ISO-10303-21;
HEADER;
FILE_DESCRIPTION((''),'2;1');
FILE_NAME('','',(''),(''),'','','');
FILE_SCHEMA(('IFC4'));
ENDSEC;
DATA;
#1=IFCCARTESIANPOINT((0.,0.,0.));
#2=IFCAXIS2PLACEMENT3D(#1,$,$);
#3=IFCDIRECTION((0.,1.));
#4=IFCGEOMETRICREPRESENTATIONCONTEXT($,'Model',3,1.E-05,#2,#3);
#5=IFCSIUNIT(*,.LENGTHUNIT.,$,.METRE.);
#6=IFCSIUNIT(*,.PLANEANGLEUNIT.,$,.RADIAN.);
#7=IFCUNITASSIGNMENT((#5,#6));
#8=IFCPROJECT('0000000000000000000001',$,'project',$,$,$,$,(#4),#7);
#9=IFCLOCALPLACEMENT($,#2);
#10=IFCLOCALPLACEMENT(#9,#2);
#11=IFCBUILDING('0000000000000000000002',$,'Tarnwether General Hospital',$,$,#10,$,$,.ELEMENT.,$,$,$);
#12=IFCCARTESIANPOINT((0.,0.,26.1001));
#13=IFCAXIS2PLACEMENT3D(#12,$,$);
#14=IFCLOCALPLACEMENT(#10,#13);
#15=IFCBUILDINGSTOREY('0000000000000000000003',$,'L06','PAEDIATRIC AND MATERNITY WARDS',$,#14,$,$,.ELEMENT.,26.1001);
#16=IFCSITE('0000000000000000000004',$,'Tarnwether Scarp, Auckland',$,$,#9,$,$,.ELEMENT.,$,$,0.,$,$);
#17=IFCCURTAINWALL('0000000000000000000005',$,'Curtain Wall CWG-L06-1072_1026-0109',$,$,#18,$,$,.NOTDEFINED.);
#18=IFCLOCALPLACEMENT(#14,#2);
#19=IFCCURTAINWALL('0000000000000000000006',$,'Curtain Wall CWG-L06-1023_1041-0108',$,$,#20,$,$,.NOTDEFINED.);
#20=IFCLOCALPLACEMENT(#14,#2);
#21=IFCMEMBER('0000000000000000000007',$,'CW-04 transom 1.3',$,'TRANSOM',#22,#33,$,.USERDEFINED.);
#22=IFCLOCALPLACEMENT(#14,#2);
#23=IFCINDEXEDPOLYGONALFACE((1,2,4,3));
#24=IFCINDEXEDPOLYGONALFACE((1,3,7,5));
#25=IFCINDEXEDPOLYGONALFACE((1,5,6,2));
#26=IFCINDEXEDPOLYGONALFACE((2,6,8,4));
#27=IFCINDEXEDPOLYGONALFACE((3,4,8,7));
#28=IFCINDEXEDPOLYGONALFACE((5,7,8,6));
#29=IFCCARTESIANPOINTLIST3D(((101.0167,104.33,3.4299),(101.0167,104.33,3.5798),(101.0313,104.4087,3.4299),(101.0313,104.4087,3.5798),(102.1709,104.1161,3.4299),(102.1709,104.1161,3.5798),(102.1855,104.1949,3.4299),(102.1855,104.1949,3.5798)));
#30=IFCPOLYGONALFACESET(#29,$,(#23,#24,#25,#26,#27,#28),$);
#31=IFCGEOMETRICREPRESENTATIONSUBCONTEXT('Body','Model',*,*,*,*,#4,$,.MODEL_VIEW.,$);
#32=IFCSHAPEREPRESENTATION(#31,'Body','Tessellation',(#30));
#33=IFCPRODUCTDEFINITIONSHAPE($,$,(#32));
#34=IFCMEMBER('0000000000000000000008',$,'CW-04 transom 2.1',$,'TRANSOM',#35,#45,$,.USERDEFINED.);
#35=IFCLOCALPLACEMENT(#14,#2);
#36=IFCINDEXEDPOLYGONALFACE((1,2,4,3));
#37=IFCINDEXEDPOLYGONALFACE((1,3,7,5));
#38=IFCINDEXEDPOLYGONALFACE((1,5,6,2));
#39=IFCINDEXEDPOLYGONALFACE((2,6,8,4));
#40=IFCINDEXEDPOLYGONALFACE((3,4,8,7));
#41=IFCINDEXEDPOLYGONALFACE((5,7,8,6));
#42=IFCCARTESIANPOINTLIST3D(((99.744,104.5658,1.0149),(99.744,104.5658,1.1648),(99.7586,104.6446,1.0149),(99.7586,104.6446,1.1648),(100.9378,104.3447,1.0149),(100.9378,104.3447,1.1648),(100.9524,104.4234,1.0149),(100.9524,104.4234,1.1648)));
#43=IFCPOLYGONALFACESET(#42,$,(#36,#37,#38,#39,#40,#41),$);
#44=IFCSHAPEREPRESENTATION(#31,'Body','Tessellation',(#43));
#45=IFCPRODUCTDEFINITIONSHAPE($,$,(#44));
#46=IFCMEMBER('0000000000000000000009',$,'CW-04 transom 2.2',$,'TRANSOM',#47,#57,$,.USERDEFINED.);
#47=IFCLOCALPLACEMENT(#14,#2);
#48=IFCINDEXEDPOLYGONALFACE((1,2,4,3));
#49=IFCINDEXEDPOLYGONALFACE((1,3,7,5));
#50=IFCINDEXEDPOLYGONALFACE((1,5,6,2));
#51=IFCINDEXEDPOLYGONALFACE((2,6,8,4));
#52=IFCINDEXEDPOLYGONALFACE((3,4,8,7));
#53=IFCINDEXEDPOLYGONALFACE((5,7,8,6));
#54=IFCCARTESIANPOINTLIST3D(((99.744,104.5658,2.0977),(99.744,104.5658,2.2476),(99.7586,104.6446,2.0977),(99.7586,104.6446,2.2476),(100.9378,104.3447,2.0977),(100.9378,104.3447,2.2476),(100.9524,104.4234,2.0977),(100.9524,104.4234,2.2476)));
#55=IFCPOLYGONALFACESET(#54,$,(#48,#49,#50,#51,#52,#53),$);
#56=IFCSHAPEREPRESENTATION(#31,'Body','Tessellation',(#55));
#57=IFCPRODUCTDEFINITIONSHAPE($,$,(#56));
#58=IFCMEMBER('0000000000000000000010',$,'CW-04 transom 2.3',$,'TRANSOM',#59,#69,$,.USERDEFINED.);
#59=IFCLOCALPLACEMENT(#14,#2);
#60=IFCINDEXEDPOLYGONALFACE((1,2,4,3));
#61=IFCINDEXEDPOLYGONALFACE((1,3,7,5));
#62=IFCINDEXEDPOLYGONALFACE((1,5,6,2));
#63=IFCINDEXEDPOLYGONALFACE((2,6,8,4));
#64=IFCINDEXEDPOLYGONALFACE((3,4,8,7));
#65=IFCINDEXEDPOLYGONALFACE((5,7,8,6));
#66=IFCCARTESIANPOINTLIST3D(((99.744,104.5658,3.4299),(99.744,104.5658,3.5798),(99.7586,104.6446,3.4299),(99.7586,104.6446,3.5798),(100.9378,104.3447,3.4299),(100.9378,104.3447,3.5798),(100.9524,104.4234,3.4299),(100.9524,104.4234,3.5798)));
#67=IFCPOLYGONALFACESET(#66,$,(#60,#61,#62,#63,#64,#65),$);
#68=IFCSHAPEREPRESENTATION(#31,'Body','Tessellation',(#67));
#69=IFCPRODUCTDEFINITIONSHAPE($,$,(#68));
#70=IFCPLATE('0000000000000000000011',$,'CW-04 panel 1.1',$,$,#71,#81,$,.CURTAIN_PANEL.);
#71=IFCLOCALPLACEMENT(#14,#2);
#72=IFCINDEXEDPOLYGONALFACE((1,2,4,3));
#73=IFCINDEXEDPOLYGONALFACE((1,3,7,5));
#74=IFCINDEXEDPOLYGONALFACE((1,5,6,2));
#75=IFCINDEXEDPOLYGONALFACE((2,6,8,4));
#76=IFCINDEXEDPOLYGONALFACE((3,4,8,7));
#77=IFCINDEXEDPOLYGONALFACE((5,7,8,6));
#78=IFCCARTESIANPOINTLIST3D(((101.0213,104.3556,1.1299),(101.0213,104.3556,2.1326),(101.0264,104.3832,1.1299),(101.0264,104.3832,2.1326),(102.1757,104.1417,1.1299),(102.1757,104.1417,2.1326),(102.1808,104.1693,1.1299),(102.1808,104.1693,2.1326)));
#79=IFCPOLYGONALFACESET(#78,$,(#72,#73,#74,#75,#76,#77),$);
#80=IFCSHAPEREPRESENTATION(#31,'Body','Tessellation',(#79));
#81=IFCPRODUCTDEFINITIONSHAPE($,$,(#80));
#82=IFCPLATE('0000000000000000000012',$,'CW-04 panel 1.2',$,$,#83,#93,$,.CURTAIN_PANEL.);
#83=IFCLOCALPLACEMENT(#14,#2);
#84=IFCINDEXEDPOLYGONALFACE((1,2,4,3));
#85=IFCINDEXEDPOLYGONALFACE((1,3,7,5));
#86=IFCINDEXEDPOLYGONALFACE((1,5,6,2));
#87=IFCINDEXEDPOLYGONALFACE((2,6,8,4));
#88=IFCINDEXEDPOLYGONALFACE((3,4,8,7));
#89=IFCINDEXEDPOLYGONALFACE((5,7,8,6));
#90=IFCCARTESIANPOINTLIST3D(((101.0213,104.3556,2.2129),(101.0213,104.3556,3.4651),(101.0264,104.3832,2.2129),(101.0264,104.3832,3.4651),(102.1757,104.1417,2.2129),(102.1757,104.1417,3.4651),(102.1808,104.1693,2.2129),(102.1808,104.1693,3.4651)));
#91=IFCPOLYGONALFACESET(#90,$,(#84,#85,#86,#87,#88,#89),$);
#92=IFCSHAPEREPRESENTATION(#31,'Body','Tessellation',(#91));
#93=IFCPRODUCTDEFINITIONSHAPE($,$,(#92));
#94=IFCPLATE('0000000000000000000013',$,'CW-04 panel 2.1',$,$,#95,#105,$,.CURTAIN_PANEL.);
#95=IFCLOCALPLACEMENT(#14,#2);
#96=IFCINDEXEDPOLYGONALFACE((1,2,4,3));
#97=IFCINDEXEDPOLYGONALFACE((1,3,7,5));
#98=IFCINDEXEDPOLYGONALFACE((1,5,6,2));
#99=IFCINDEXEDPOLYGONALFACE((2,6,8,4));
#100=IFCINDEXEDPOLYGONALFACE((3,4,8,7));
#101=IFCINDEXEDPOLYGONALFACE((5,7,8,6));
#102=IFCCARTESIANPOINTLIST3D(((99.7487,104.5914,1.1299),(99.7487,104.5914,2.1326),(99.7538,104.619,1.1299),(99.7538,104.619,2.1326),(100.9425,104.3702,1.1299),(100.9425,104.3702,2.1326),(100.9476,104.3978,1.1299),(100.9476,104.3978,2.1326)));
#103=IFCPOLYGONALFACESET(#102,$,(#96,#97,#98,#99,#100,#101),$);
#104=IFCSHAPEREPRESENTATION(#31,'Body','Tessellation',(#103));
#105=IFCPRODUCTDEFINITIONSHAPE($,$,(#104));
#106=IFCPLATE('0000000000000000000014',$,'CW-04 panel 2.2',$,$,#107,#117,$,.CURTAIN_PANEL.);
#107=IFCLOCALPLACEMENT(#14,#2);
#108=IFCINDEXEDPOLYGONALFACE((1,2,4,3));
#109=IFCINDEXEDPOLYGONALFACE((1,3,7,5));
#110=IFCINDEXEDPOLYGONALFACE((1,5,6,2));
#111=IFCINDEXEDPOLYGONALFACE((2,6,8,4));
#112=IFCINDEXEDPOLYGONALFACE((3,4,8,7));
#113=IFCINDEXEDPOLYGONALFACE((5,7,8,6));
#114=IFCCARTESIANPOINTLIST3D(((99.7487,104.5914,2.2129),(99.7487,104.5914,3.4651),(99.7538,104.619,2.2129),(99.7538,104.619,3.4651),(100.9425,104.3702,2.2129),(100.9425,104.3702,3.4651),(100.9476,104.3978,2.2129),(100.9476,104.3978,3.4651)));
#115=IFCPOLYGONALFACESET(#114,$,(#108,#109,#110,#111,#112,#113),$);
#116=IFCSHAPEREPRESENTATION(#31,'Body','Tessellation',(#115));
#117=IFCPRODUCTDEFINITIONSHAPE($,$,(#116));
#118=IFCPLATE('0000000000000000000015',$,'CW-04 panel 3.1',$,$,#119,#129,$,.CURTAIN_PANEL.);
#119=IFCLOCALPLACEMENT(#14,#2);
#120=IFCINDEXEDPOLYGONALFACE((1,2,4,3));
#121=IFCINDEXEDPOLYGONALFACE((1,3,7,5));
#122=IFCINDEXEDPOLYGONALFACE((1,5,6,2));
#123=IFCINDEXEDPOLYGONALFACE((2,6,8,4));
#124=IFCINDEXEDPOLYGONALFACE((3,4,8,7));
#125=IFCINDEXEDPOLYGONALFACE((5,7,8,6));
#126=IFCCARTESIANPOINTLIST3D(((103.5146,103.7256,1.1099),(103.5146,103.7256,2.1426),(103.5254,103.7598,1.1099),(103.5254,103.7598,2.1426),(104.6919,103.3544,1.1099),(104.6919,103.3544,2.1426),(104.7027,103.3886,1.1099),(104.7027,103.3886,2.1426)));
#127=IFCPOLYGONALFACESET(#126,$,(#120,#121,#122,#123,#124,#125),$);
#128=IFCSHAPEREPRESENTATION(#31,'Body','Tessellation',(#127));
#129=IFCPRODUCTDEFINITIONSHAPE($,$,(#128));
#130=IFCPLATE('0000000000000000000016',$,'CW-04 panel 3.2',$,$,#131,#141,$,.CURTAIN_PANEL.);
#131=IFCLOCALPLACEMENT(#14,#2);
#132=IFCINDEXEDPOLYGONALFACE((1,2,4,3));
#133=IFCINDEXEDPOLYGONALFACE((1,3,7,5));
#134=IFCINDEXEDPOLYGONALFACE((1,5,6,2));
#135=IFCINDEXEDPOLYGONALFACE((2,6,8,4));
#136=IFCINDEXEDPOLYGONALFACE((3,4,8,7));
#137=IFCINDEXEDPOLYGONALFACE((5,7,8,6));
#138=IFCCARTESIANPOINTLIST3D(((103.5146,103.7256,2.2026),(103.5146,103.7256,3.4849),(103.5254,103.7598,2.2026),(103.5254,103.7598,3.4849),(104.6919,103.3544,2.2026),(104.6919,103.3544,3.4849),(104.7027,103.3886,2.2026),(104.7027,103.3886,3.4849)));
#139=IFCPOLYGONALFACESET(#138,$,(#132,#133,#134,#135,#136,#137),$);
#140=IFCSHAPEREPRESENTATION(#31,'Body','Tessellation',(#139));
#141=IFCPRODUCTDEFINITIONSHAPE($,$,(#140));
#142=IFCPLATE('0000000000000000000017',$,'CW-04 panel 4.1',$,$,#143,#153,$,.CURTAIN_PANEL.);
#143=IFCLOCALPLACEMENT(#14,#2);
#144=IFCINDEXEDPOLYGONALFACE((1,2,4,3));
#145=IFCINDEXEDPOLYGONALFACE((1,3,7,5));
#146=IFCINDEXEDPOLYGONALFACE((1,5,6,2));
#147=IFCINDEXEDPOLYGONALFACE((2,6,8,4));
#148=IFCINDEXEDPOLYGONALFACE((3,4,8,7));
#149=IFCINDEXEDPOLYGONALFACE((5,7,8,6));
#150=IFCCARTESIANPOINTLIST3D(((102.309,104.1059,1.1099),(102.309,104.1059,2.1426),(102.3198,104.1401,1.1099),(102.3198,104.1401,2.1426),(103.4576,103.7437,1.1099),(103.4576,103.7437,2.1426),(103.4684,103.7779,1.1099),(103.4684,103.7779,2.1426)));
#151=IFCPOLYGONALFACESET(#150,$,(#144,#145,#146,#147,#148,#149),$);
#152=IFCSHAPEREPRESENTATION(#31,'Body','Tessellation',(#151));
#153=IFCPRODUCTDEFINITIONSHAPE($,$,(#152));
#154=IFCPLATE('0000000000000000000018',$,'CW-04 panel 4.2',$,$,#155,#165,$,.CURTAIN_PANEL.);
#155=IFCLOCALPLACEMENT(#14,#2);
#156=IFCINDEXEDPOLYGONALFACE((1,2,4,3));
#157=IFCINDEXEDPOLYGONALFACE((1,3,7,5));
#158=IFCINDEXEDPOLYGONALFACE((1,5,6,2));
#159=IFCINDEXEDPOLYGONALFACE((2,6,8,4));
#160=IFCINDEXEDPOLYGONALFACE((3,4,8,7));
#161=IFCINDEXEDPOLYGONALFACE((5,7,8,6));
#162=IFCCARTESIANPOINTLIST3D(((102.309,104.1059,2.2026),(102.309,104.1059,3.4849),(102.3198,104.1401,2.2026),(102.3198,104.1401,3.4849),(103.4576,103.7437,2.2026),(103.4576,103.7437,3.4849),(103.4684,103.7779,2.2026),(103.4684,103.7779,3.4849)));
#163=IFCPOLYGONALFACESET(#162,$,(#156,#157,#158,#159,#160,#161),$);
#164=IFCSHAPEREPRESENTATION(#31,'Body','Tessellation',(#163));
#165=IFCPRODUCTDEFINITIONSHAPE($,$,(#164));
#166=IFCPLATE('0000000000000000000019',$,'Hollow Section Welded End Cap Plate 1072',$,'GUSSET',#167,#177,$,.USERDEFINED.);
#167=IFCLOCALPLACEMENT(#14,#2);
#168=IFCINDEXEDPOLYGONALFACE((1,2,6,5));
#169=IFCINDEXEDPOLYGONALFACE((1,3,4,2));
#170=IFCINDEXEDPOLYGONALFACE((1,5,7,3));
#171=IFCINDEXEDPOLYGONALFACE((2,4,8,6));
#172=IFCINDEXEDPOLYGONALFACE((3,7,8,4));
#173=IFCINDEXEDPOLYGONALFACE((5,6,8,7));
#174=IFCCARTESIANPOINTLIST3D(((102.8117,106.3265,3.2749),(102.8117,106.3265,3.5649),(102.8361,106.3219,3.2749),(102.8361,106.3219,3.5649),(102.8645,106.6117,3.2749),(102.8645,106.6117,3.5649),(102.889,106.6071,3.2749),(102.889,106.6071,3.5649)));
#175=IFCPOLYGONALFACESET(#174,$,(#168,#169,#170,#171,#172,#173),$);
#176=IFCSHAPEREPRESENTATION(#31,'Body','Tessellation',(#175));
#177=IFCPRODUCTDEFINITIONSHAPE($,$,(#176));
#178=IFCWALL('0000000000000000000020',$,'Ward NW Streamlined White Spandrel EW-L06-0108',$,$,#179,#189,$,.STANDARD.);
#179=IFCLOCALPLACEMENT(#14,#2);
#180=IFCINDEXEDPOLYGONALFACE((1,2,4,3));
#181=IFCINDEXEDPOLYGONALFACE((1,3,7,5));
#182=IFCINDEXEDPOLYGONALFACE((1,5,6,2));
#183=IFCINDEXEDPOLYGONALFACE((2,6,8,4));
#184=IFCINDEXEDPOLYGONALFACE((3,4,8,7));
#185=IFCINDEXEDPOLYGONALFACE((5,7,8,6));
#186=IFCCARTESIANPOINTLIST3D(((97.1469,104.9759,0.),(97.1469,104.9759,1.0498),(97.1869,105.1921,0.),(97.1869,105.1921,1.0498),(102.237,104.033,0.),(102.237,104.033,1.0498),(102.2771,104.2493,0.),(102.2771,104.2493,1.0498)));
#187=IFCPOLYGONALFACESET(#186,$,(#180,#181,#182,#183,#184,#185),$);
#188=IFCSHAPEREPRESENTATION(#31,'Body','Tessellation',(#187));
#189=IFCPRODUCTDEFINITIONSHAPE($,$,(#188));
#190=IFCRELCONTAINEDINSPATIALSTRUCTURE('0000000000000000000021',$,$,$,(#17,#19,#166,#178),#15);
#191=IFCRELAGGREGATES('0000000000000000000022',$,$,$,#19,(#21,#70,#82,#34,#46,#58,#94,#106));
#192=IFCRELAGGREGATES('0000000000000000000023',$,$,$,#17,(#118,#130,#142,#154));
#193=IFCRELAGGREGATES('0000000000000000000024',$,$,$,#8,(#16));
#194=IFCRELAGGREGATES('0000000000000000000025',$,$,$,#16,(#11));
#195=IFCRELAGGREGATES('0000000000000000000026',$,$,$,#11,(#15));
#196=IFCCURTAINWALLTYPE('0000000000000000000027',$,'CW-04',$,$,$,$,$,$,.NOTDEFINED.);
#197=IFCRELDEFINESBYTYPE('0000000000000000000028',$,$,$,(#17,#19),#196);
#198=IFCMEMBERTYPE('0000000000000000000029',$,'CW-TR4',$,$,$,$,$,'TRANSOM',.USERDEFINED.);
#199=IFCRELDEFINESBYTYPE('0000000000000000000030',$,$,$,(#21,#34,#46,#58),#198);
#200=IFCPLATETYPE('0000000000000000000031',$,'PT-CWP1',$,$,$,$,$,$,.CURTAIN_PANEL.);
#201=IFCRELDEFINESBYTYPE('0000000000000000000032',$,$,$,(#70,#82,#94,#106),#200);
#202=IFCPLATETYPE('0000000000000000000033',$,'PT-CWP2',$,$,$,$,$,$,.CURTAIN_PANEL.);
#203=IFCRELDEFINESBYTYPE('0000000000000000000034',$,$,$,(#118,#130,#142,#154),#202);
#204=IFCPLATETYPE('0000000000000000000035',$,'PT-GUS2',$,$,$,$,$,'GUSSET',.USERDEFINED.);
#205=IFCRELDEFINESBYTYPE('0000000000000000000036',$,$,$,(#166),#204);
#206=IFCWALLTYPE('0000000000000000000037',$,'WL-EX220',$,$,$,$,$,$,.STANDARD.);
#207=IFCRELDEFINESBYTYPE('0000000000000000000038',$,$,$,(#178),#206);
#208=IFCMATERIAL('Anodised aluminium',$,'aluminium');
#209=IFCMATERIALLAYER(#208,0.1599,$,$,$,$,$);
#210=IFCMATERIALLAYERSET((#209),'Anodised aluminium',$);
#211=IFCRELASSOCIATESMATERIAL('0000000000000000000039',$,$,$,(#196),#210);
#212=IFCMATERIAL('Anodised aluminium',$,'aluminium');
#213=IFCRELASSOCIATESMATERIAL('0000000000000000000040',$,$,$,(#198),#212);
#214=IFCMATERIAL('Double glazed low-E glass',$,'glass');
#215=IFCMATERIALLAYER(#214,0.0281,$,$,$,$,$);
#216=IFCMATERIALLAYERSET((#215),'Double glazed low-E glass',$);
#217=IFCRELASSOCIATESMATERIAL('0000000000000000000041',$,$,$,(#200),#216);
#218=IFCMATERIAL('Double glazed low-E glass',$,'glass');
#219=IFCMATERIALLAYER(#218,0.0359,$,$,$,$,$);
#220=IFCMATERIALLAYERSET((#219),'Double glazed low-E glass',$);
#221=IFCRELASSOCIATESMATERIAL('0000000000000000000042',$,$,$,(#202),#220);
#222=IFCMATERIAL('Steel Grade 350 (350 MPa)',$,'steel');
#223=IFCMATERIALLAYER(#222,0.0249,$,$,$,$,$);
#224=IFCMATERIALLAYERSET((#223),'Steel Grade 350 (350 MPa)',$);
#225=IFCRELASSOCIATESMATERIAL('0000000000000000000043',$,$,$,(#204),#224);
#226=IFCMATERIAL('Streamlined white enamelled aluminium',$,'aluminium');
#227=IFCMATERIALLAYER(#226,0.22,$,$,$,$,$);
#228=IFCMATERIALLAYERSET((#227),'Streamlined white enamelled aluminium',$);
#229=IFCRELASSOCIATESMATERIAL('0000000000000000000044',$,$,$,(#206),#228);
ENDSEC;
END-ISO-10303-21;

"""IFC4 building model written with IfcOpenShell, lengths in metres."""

from ifc_helpers import new_model, si_unit, direction, frame, frame_2d, origin, origin_2d, place, context, subcontext, project, spatial, rectangle, extrude, material, layer, layer_set, material_profile, profile_set, type_object, element, aggregate, save


model = new_model("IFC4")

# Units and contexts
model_context = context("Model", 3, precision=1e-05, world=origin(), true_north=direction((0.0, 1.0)))
body_context = subcontext(model_context, "Body", "Model", "MODEL_VIEW")
ifc_project = project(units=[si_unit("LENGTHUNIT", "METRE"), si_unit("PLANEANGLEUNIT", "RADIAN")], contexts=[model_context])

# Site, building, storey
site_placement = place(None, origin())
site = spatial("IfcSite", under=ifc_project, at=site_placement, Name="Tarnwether Scarp, Auckland", CompositionType="ELEMENT", RefElevation=0.0)
building_placement = place(site_placement, origin())
building = spatial("IfcBuilding", under=site, at=building_placement, Name="Tarnwether General Hospital", CompositionType="ELEMENT")
storey_placement = place(building_placement, frame((0.0, 0.0, 26.1001)))
storey = spatial("IfcBuildingStorey", under=building, at=storey_placement, Name="L06", Description="PAEDIATRIC AND MATERNITY WARDS", CompositionType="ELEMENT", Elevation=26.1001)

# Curtain walls
ifc_material_1 = material(Name="Anodised aluminium", Category="aluminium")
ifc_layer_1 = layer(ifc_material_1, 0.1599)
ifc_layer_set_1 = layer_set([ifc_layer_1], Name="Anodised aluminium")
curtain_wall_type = type_object("IfcCurtainWallType", Name="CW-04", PredefinedType="NOTDEFINED", material=ifc_layer_set_1)
curtain_wall_1_placement = place(storey_placement, origin())
curtain_wall_1 = element("IfcCurtainWall", 1, at=curtain_wall_1_placement, inside=storey, type_object=curtain_wall_type, Name="Curtain Wall CWG-L06-1072_1026-0109", PredefinedType="NOTDEFINED")
curtain_wall_2_placement = place(storey_placement, origin())
curtain_wall_2 = element("IfcCurtainWall", 2, at=curtain_wall_2_placement, inside=storey, type_object=curtain_wall_type, Name="Curtain Wall CWG-L06-1023_1041-0108", PredefinedType="NOTDEFINED")

# Members
ifc_material_2 = material(Name="Anodised aluminium", Category="aluminium")
ifc_material_profile_1 = material_profile(ifc_material_2, rectangle(XDim=0.0801, YDim=0.1499, at=origin_2d()), Name="ALU-TRN-80x150")
ifc_profile_set_1 = profile_set([ifc_material_profile_1], Name="Anodised aluminium")
member_type_1 = type_object("IfcMemberType", Name="CW-TR4", ElementType="TRANSOM", PredefinedType="USERDEFINED", material=ifc_profile_set_1)
member_1_placement = place(storey_placement, frame((102.1782, 104.1555, 3.5049), z_axis=(-0.983265, 0.182179, 0.0), x_axis=(-0.182179, -0.983265, 0.0)))
member_1 = element("IfcMember", 3, at=member_1_placement, type_object=member_type_1, Name="CW-04 transom 1.3", ObjectType="TRANSOM", PredefinedType="USERDEFINED", context=body_context, shape_type="SweptSolid", body=[
    extrude(rectangle(XDim=0.0801, YDim=0.1499, at=origin_2d()), origin(), (0.0, 0.0, 1.0), 1.1738),
])
member_2_placement = place(storey_placement, frame((100.9451, 104.384, 1.0898), z_axis=(-0.983266, 0.182176, 0.0), x_axis=(-0.182176, -0.983266, 0.0)))
member_2 = element("IfcMember", 4, at=member_2_placement, type_object=member_type_1, Name="CW-04 transom 2.1", ObjectType="TRANSOM", PredefinedType="USERDEFINED", context=body_context, shape_type="SweptSolid", body=[
    extrude(rectangle(XDim=0.0801, YDim=0.1499, at=origin_2d()), origin(), (0.0, 0.0, 1.0), 1.2141),
])
member_3_placement = place(storey_placement, frame((100.9451, 104.384, 2.1726), z_axis=(-0.983266, 0.182176, 0.0), x_axis=(-0.182176, -0.983266, 0.0)))
member_3 = element("IfcMember", 5, at=member_3_placement, type_object=member_type_1, Name="CW-04 transom 2.2", ObjectType="TRANSOM", PredefinedType="USERDEFINED", context=body_context, shape_type="SweptSolid", body=[
    extrude(rectangle(XDim=0.0801, YDim=0.1499, at=origin_2d()), origin(), (0.0, 0.0, 1.0), 1.2141),
])
member_4_placement = place(storey_placement, frame((100.9451, 104.384, 3.5049), z_axis=(-0.983266, 0.182176, 0.0), x_axis=(-0.182176, -0.983266, 0.0)))
member_4 = element("IfcMember", 6, at=member_4_placement, type_object=member_type_1, Name="CW-04 transom 2.3", ObjectType="TRANSOM", PredefinedType="USERDEFINED", context=body_context, shape_type="SweptSolid", body=[
    extrude(rectangle(XDim=0.0801, YDim=0.1499, at=origin_2d()), origin(), (0.0, 0.0, 1.0), 1.2141),
])

# Plates
ifc_material_3 = material(Name="Double glazed low-E glass", Category="glass")
ifc_layer_2 = layer(ifc_material_3, 0.0281)
ifc_layer_set_2 = layer_set([ifc_layer_2], Name="Double glazed low-E glass")
plate_type_1 = type_object("IfcPlateType", Name="PT-CWP1", PredefinedType="CURTAIN_PANEL", material=ifc_layer_set_2)
plate_1_placement = place(storey_placement, frame((101.6011, 104.2625, 1.1299), z_axis=(0.0, 0.0, 1.0), x_axis=(-0.983268, 0.182165, 0.0)))
plate_1 = element("IfcPlate", 7, at=plate_1_placement, type_object=plate_type_1, Name="CW-04 panel 1.1", PredefinedType="CURTAIN_PANEL", context=body_context, shape_type="SweptSolid", body=[
    extrude(rectangle(XDim=1.1741, YDim=0.0281, at=origin_2d()), origin(), (0.0, 0.0, 1.0), 1.0027),
])
plate_2_placement = place(storey_placement, frame((101.6011, 104.2625, 2.2129), z_axis=(0.0, 0.0, 1.0), x_axis=(-0.983268, 0.182165, 0.0)))
plate_2 = element("IfcPlate", 8, at=plate_2_placement, type_object=plate_type_1, Name="CW-04 panel 1.2", PredefinedType="CURTAIN_PANEL", context=body_context, shape_type="SweptSolid", body=[
    extrude(rectangle(XDim=1.1741, YDim=0.0281, at=origin_2d()), origin(), (0.0, 0.0, 1.0), 1.2522),
])
plate_3_placement = place(storey_placement, frame((100.3481, 104.4946, 1.1299), z_axis=(0.0, 0.0, 1.0), x_axis=(-0.983268, 0.182165, 0.0)))
plate_3 = element("IfcPlate", 9, at=plate_3_placement, type_object=plate_type_1, Name="CW-04 panel 2.1", PredefinedType="CURTAIN_PANEL", context=body_context, shape_type="SweptSolid", body=[
    extrude(rectangle(XDim=1.2141, YDim=0.0281, at=origin_2d()), origin(), (0.0, 0.0, 1.0), 1.0027),
])
plate_4_placement = place(storey_placement, frame((100.3481, 104.4946, 2.2129), z_axis=(0.0, 0.0, 1.0), x_axis=(-0.983268, 0.182165, 0.0)))
plate_4 = element("IfcPlate", 10, at=plate_4_placement, type_object=plate_type_1, Name="CW-04 panel 2.2", PredefinedType="CURTAIN_PANEL", context=body_context, shape_type="SweptSolid", body=[
    extrude(rectangle(XDim=1.2141, YDim=0.0281, at=origin_2d()), origin(), (0.0, 0.0, 1.0), 1.2522),
])
aggregate(curtain_wall_2, [member_1, plate_1, plate_2, member_2, member_3, member_4, plate_3, plate_4])
ifc_material_4 = material(Name="Double glazed low-E glass", Category="glass")
ifc_layer_3 = layer(ifc_material_4, 0.0359)
ifc_layer_set_3 = layer_set([ifc_layer_3], Name="Double glazed low-E glass")
plate_type_2 = type_object("IfcPlateType", Name="PT-CWP2", PredefinedType="CURTAIN_PANEL", material=ifc_layer_set_3)
plate_5_placement = place(storey_placement, frame((104.1086, 103.5571, 1.1099), z_axis=(0.0, 0.0, 1.0), x_axis=(-0.953714, 0.300715, 0.0)))
plate_5 = element("IfcPlate", 11, at=plate_5_placement, type_object=plate_type_2, Name="CW-04 panel 3.1", PredefinedType="CURTAIN_PANEL", context=body_context, shape_type="SweptSolid", body=[
    extrude(rectangle(XDim=1.2344, YDim=0.0359, at=origin_2d()), origin(), (0.0, 0.0, 1.0), 1.0327),
])
plate_6_placement = place(storey_placement, frame((104.1086, 103.5571, 2.2026), z_axis=(0.0, 0.0, 1.0), x_axis=(-0.953714, 0.300715, 0.0)))
plate_6 = element("IfcPlate", 12, at=plate_6_placement, type_object=plate_type_2, Name="CW-04 panel 3.2", PredefinedType="CURTAIN_PANEL", context=body_context, shape_type="SweptSolid", body=[
    extrude(rectangle(XDim=1.2344, YDim=0.0359, at=origin_2d()), origin(), (0.0, 0.0, 1.0), 1.2822),
])
plate_7_placement = place(storey_placement, frame((102.8887, 103.9419, 1.1099), z_axis=(0.0, 0.0, 1.0), x_axis=(-0.953714, 0.300715, 0.0)))
plate_7 = element("IfcPlate", 13, at=plate_7_placement, type_object=plate_type_2, Name="CW-04 panel 4.1", PredefinedType="CURTAIN_PANEL", context=body_context, shape_type="SweptSolid", body=[
    extrude(rectangle(XDim=1.2043, YDim=0.0359, at=origin_2d()), origin(), (0.0, 0.0, 1.0), 1.0327),
])
plate_8_placement = place(storey_placement, frame((102.8887, 103.9419, 2.2026), z_axis=(0.0, 0.0, 1.0), x_axis=(-0.953714, 0.300715, 0.0)))
plate_8 = element("IfcPlate", 14, at=plate_8_placement, type_object=plate_type_2, Name="CW-04 panel 4.2", PredefinedType="CURTAIN_PANEL", context=body_context, shape_type="SweptSolid", body=[
    extrude(rectangle(XDim=1.2043, YDim=0.0359, at=origin_2d()), origin(), (0.0, 0.0, 1.0), 1.2822),
])
aggregate(curtain_wall_1, [plate_5, plate_6, plate_7, plate_8])
ifc_material_5 = material(Name="Steel Grade 350 (350 MPa)", Category="steel")
ifc_layer_4 = layer(ifc_material_5, 0.0249)
ifc_layer_set_4 = layer_set([ifc_layer_4], Name="Steel Grade 350 (350 MPa)")
plate_type_3 = type_object("IfcPlateType", Name="PT-GUS2", ElementType="GUSSET", PredefinedType="USERDEFINED", material=ifc_layer_set_4)
plate_9_placement = place(storey_placement, frame((102.8503, 106.4668, 3.2749), z_axis=(0.0, 0.0, 1.0), x_axis=(0.983245, -0.182287, 0.0)))
element("IfcPlate", 15, at=plate_9_placement, inside=storey, type_object=plate_type_3, Name="Hollow Section Welded End Cap Plate 1072", ObjectType="GUSSET", PredefinedType="USERDEFINED", context=body_context, shape_type="SweptSolid", body=[
    extrude(rectangle(XDim=0.0249, YDim=0.29, at=origin_2d()), origin(), (0.0, 0.0, 1.0), 0.29),
])

# Wall
ifc_material_6 = material(Name="Streamlined white enamelled aluminium", Category="aluminium")
ifc_layer_5 = layer(ifc_material_6, 0.22)
ifc_layer_set_5 = layer_set([ifc_layer_5], Name="Streamlined white enamelled aluminium")
wall_type_1 = type_object("IfcWallType", Name="WL-EX220", PredefinedType="STANDARD", material=ifc_layer_set_5)
wall_1_placement = place(storey_placement, frame((102.2571, 104.1411, 0.0), z_axis=(0.0, 0.0, 1.0), x_axis=(-0.983273, 0.182138, 0.0)))
element("IfcWall", 16, at=wall_1_placement, inside=storey, type_object=wall_type_1, Name="Ward NW Streamlined White Spandrel EW-L06-0108", PredefinedType="STANDARD", context=body_context, shape_type="SweptSolid", body=[
    extrude(rectangle(XDim=5.1768, YDim=0.22, at=frame_2d((2.5884, 0.0))), origin(), (0.0, 0.0, 1.0), 1.0498),
])

save(model, "model.ifc")
